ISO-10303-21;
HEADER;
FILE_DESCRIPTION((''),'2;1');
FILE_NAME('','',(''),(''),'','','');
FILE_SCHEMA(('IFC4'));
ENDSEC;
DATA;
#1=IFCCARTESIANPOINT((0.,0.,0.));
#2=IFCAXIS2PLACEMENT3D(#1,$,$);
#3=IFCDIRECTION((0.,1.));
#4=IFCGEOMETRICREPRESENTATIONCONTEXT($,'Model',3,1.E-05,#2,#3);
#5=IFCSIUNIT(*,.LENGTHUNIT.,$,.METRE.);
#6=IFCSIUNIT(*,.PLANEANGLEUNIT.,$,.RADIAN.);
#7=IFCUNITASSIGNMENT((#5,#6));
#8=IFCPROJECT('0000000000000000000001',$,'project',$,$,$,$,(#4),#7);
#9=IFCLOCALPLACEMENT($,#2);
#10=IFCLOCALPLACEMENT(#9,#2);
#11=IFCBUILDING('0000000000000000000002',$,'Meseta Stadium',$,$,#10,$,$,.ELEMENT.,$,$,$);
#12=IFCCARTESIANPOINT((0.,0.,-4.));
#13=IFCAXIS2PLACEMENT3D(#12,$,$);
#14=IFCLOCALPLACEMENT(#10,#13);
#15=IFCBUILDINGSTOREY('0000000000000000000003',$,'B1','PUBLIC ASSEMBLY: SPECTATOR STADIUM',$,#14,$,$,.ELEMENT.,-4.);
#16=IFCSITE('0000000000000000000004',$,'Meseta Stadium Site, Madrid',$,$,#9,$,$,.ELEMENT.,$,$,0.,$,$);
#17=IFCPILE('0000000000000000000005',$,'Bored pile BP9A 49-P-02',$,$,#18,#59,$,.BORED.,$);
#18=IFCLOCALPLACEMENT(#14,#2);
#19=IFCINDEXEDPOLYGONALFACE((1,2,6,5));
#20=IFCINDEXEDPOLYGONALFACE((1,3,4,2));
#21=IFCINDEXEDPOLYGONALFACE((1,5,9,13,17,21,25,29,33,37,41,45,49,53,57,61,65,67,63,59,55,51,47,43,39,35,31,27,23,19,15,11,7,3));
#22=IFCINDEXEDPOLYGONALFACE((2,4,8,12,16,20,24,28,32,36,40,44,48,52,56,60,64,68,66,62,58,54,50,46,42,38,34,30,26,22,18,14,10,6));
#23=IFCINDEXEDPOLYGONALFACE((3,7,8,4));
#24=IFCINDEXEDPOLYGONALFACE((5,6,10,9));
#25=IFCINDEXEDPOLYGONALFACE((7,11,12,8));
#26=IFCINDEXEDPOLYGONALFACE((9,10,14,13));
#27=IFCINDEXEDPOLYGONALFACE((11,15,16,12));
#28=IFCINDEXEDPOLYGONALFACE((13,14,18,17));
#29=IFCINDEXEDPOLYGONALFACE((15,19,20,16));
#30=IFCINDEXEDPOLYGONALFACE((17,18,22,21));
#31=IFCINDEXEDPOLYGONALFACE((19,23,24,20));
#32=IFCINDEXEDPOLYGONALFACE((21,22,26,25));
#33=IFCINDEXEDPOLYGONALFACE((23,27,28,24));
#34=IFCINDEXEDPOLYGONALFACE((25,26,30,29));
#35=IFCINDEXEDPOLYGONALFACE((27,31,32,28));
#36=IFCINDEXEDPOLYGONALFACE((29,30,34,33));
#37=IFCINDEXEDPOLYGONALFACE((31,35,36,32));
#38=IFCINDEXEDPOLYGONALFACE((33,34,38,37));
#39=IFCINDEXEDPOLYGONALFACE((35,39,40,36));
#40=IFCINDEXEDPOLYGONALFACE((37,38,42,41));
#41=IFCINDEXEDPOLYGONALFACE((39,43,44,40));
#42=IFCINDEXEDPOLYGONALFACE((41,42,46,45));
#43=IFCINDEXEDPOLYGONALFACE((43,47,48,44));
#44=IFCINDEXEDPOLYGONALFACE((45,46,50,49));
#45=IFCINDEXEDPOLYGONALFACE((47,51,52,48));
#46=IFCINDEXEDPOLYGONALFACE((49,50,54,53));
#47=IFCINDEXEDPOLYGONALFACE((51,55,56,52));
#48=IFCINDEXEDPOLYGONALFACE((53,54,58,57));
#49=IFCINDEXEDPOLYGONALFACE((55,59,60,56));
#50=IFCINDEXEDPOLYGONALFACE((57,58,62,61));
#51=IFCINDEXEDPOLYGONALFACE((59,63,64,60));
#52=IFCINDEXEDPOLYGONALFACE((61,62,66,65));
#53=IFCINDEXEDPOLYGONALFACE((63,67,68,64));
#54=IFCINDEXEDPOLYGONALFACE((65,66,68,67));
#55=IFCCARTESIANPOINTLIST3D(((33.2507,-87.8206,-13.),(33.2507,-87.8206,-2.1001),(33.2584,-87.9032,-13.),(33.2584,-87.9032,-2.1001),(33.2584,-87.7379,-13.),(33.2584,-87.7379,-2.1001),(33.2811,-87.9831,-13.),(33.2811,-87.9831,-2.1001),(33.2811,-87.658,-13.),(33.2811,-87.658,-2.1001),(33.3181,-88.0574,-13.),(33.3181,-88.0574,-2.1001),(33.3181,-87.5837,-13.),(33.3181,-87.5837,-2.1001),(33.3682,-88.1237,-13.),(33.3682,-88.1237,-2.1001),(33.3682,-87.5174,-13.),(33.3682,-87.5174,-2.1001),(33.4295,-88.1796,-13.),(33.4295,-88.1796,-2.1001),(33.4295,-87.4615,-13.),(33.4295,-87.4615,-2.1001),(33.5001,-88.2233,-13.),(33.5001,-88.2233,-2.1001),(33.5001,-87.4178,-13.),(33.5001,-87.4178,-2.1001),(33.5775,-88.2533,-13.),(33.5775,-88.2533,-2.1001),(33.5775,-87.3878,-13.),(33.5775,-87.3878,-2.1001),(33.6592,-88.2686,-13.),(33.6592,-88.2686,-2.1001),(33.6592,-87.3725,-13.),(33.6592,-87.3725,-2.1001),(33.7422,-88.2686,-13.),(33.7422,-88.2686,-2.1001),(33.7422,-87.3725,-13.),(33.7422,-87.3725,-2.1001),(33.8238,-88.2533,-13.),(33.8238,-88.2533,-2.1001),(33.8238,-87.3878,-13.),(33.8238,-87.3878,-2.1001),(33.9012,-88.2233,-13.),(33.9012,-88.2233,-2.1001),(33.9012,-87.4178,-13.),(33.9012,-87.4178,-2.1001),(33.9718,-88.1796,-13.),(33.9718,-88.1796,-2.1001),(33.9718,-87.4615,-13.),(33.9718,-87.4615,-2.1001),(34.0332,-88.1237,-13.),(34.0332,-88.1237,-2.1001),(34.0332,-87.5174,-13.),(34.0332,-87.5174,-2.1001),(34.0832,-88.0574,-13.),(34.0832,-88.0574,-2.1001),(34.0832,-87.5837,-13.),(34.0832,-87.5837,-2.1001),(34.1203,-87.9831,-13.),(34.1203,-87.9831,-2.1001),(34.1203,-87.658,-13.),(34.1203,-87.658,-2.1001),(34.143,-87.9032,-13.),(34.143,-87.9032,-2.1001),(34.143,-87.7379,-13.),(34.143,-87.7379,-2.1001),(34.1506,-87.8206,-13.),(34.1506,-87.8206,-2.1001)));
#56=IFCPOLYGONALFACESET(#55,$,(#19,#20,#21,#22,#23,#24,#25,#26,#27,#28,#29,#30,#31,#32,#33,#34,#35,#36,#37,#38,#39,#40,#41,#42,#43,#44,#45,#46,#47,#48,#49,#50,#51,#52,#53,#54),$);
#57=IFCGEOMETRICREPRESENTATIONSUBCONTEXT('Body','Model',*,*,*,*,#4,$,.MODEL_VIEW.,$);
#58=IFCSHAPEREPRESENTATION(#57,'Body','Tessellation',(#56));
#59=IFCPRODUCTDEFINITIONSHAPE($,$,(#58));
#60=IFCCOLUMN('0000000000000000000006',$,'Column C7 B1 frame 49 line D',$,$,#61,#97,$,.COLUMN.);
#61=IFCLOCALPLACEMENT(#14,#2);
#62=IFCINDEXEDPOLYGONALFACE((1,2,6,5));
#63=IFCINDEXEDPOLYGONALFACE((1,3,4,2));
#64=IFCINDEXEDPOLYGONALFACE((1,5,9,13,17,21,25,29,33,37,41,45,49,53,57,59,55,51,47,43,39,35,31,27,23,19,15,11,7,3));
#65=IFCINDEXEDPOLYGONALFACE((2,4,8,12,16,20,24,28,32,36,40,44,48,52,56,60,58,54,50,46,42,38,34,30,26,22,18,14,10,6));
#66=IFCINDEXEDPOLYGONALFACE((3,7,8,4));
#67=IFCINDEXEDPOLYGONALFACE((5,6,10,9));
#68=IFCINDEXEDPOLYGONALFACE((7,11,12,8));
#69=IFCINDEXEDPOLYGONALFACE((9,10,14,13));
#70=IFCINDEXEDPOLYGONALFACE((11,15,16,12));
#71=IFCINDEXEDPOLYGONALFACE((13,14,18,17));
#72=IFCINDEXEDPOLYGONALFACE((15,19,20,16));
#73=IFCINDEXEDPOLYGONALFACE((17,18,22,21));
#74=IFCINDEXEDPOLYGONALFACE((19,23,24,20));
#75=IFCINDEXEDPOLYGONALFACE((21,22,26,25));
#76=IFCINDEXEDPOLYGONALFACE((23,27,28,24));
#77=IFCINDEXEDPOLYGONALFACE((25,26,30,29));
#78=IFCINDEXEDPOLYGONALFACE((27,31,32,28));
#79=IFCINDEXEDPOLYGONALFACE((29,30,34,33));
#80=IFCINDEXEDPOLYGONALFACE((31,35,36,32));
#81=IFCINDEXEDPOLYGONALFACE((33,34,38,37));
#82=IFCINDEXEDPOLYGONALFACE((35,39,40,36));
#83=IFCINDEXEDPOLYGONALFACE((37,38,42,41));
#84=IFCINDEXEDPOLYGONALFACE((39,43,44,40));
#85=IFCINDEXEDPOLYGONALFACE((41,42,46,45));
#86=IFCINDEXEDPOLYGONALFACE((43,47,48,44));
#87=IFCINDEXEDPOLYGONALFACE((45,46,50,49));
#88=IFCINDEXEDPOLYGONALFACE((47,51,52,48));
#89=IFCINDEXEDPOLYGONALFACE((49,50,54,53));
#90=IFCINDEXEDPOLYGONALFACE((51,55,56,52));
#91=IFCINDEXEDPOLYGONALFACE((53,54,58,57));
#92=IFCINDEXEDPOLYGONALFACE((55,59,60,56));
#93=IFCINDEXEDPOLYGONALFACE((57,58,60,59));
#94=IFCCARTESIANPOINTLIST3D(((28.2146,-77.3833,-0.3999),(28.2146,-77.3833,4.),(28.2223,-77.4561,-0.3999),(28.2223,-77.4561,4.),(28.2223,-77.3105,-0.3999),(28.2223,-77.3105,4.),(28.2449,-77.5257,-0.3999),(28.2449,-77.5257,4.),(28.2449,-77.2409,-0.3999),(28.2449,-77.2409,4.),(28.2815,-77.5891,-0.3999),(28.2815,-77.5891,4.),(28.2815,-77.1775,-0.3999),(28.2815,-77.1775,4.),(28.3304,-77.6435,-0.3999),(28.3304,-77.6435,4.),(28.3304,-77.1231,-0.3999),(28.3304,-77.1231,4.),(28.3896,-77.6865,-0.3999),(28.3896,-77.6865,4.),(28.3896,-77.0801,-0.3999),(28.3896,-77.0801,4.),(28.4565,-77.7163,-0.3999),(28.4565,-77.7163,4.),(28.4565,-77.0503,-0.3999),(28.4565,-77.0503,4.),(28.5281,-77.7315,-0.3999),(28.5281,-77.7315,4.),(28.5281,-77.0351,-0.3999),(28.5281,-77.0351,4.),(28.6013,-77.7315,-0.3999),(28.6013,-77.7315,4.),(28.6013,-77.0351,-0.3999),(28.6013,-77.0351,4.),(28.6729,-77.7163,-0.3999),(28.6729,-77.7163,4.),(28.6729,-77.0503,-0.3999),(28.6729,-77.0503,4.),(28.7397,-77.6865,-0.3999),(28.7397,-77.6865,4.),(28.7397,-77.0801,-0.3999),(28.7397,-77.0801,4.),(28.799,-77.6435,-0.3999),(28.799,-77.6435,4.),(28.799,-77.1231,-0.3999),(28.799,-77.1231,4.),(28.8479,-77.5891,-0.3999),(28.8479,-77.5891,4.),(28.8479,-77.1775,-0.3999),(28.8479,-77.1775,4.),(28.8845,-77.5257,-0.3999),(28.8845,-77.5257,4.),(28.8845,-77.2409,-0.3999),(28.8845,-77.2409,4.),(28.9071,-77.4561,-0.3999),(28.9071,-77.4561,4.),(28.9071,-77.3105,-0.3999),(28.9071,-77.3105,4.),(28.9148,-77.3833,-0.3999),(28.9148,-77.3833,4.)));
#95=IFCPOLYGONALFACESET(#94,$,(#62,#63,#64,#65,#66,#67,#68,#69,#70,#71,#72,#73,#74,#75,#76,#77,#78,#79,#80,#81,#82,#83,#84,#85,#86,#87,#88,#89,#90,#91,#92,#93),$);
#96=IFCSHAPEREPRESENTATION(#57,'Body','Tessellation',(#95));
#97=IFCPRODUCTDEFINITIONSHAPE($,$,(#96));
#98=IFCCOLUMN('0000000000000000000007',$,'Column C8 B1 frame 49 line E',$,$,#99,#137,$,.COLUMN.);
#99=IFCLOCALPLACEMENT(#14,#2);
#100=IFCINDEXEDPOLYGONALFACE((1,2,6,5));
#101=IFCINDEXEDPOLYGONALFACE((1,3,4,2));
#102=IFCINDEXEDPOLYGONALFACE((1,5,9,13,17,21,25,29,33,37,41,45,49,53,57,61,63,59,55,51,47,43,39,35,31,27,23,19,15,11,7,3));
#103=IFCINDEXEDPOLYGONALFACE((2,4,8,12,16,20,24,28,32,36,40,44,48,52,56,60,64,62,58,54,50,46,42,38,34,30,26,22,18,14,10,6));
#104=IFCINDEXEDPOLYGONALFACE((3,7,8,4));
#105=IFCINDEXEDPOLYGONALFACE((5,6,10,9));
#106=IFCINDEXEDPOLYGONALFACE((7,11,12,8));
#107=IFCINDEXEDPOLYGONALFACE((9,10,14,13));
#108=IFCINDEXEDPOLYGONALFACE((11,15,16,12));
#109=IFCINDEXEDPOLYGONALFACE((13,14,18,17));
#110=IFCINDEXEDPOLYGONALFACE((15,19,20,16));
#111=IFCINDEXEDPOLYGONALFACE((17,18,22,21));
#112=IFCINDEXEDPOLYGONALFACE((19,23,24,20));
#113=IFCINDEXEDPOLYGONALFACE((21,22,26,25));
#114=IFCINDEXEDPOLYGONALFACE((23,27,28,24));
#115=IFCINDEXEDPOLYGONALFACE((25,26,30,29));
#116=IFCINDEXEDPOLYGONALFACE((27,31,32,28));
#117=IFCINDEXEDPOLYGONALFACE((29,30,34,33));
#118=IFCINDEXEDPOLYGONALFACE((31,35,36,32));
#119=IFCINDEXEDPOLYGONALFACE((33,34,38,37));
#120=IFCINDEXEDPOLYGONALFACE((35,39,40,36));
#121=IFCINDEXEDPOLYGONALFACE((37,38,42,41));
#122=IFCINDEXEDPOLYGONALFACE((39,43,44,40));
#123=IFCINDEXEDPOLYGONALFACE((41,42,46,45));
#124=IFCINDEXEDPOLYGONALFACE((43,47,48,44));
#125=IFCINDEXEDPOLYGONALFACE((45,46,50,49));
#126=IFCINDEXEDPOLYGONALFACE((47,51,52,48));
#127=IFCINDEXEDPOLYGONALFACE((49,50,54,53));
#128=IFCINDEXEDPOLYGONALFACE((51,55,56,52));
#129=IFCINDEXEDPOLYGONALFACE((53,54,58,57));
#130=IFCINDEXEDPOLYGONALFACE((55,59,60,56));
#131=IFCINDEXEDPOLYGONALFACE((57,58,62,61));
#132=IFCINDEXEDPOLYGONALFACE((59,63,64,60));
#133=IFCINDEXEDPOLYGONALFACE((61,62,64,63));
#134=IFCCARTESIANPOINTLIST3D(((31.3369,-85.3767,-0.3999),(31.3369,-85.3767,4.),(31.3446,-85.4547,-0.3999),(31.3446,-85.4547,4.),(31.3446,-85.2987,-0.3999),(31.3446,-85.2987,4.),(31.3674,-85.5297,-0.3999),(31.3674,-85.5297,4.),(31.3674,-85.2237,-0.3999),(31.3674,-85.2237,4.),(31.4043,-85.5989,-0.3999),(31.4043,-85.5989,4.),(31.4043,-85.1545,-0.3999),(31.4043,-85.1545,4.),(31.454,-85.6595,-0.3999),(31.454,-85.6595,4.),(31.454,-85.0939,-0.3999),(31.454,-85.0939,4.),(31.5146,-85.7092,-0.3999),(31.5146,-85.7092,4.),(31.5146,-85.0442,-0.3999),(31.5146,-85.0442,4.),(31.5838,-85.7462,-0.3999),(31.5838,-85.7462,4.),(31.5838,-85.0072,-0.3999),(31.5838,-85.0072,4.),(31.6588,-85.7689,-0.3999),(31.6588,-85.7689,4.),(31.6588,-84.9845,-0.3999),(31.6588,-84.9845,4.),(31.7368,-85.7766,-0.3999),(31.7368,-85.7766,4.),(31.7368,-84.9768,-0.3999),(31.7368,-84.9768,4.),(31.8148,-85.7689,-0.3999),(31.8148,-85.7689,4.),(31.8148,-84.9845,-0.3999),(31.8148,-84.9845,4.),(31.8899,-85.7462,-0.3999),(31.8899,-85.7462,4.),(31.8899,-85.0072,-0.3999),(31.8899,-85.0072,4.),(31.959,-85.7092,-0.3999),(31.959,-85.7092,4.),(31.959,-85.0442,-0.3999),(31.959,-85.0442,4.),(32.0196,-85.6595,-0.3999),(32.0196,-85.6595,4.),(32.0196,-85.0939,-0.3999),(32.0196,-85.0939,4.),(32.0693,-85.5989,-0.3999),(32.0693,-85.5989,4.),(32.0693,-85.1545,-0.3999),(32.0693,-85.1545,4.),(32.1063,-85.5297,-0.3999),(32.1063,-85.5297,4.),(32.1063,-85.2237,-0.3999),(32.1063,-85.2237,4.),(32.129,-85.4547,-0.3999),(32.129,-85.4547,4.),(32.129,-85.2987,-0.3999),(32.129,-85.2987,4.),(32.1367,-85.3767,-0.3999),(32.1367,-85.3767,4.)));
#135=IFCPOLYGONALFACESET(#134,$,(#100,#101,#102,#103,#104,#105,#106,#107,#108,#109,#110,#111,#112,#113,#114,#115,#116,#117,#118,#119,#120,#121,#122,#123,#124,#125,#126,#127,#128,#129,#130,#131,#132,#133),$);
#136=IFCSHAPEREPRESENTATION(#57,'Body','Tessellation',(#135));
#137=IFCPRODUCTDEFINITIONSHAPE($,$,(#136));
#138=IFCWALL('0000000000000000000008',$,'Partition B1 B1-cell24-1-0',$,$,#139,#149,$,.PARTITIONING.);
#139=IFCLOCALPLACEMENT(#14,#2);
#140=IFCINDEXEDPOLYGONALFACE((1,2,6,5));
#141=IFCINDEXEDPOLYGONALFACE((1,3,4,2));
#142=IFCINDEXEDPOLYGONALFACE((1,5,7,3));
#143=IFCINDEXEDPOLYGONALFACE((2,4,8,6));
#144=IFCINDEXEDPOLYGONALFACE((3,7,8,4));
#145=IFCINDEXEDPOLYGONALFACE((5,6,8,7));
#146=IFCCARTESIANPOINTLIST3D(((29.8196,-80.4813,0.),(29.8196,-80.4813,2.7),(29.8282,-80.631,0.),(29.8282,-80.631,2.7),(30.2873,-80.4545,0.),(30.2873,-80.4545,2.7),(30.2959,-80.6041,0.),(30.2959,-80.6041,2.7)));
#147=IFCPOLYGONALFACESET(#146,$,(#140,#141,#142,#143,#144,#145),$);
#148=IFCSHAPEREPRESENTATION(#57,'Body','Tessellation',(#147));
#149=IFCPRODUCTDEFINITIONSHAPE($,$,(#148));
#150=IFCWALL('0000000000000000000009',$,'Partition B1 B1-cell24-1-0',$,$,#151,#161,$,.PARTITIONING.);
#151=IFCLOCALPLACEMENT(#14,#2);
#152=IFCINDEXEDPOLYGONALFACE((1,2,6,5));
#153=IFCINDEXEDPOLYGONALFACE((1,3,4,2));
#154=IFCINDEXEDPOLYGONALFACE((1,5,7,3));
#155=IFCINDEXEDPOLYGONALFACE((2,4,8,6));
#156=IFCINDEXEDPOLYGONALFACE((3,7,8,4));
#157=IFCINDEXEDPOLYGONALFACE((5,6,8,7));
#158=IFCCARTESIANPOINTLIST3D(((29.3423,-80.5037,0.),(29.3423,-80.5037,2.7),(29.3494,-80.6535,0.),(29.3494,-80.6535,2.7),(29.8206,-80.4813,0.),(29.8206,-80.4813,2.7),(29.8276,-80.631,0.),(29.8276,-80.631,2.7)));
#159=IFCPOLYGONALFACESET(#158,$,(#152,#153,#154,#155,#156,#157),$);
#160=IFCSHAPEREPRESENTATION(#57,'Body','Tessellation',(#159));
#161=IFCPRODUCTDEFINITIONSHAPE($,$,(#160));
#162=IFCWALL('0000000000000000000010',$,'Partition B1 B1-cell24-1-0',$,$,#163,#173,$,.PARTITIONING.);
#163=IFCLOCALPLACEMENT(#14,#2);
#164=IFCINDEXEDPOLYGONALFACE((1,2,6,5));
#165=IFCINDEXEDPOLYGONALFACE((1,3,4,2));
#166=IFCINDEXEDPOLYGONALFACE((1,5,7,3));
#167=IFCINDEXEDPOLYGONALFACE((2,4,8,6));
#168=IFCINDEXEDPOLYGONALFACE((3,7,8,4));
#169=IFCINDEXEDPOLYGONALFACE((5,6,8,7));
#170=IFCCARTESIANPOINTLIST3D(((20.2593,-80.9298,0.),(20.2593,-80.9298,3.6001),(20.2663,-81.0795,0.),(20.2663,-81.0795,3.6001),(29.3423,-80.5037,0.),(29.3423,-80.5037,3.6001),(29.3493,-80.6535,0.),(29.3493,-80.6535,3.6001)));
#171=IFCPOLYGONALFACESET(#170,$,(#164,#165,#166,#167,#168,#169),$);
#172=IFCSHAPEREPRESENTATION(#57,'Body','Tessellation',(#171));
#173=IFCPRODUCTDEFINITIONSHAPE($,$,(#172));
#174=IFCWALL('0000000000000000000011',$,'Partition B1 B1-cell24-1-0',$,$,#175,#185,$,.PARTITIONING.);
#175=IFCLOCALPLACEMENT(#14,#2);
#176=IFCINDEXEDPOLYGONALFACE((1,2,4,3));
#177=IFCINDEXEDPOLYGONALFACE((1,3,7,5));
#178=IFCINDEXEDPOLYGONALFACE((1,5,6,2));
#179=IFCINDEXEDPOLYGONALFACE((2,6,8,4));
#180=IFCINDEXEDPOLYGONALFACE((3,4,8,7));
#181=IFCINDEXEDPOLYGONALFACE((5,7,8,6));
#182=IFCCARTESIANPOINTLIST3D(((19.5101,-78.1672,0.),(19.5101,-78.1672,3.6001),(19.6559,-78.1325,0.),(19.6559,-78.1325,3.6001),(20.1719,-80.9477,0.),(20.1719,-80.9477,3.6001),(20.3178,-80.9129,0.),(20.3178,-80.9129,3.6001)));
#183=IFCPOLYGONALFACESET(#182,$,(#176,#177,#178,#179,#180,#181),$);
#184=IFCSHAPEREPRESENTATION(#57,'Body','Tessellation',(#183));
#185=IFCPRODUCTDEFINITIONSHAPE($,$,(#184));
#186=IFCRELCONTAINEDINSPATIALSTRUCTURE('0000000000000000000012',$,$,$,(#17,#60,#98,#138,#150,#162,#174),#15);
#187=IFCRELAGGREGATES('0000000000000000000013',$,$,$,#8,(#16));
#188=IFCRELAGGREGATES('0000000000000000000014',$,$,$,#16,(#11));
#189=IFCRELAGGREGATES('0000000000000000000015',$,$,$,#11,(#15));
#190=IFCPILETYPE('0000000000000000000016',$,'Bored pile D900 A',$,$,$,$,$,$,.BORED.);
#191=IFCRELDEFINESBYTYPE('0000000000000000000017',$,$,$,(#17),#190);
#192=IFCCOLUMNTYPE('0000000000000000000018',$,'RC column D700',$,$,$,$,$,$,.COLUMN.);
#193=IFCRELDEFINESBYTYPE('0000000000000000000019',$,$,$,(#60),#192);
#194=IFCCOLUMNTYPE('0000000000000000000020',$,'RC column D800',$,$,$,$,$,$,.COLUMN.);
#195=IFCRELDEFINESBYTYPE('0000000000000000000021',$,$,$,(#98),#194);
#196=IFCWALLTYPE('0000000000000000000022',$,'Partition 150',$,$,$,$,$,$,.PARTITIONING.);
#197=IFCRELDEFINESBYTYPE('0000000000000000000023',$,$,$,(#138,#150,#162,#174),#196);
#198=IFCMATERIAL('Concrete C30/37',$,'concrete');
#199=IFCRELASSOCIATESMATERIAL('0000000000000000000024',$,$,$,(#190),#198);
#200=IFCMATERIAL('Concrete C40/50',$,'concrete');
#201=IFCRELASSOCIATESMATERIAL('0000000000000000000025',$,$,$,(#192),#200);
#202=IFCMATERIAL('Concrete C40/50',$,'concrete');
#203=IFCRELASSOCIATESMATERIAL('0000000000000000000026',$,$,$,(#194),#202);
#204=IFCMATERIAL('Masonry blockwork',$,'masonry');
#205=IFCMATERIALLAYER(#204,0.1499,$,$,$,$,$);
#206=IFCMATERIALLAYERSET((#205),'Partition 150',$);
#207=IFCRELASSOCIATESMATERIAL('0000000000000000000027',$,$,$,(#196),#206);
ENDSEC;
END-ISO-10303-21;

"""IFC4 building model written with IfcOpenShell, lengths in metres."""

from ifc_helpers import new_model, si_unit, direction, frame, frame_2d, origin, origin_2d, place, context, subcontext, project, spatial, rectangle, circle, extrude, material, layer, layer_set, material_profile, profile_set, type_object, element, save


model = new_model("IFC4")

# Units and contexts
model_context = context("Model", 3, precision=1e-05, world=origin(), true_north=direction((0.0, 1.0)))
body_context = subcontext(model_context, "Body", "Model", "MODEL_VIEW")
ifc_project = project(units=[si_unit("LENGTHUNIT", "METRE"), si_unit("PLANEANGLEUNIT", "RADIAN")], contexts=[model_context])

# Site, building, storey
site_placement = place(None, origin())
site = spatial("IfcSite", under=ifc_project, at=site_placement, Name="Meseta Stadium Site, Madrid", CompositionType="ELEMENT", RefElevation=0.0)
building_placement = place(site_placement, origin())
building = spatial("IfcBuilding", under=site, at=building_placement, Name="Meseta Stadium", CompositionType="ELEMENT")
storey_placement = place(building_placement, frame((0.0, 0.0, -4.0)))
storey = spatial("IfcBuildingStorey", under=building, at=storey_placement, Name="B1", Description="PUBLIC ASSEMBLY: SPECTATOR STADIUM", CompositionType="ELEMENT", Elevation=-4.0)

# Pile
ifc_material_1 = material(Name="Concrete C30/37", Category="concrete")
ifc_material_profile_1 = material_profile(ifc_material_1, circle(Radius=0.45, at=origin_2d()), Name="D900")
ifc_profile_set_1 = profile_set([ifc_material_profile_1], Name="Concrete C30/37")
pile_type = type_object("IfcPileType", Name="Bored pile D900 A", PredefinedType="BORED", material=ifc_profile_set_1)
pile_placement = place(storey_placement, frame((33.7007, -87.8206, -2.1001), z_axis=(0.0, 0.0, -1.0), x_axis=(1.0, 0.0, 0.0)))
element("IfcPile", 1, at=pile_placement, inside=storey, type_object=pile_type, Name="Bored pile BP9A 49-P-02", PredefinedType="BORED", context=body_context, shape_type="SweptSolid", body=[
    extrude(circle(Radius=0.45, at=origin_2d()), origin(), (0.0, 0.0, 1.0), 10.8999),
])

# Columns
ifc_material_2 = material(Name="Concrete C40/50", Category="concrete")
ifc_material_profile_2 = material_profile(ifc_material_2, circle(Radius=0.3501, at=origin_2d()), Name="RC D700")
ifc_profile_set_2 = profile_set([ifc_material_profile_2], Name="Concrete C40/50")
column_type_1 = type_object("IfcColumnType", Name="RC column D700", PredefinedType="COLUMN", material=ifc_profile_set_2)
column_1_placement = place(storey_placement, frame((28.5647, -77.3833, -0.3999), z_axis=(0.0, 0.0, 1.0), x_axis=(1.0, 0.0, 0.0)))
element("IfcColumn", 2, at=column_1_placement, inside=storey, type_object=column_type_1, Name="Column C7 B1 frame 49 line D", PredefinedType="COLUMN", context=body_context, shape_type="SweptSolid", body=[
    extrude(circle(Radius=0.3501, at=origin_2d()), origin(), (0.0, 0.0, 1.0), 4.3999),
])
ifc_material_3 = material(Name="Concrete C40/50", Category="concrete")
ifc_material_profile_3 = material_profile(ifc_material_3, circle(Radius=0.3999, at=origin_2d()), Name="RC D800")
ifc_profile_set_3 = profile_set([ifc_material_profile_3], Name="Concrete C40/50")
column_type_2 = type_object("IfcColumnType", Name="RC column D800", PredefinedType="COLUMN", material=ifc_profile_set_3)
column_2_placement = place(storey_placement, frame((31.7368, -85.3767, -0.3999), z_axis=(0.0, 0.0, 1.0), x_axis=(1.0, 0.0, 0.0)))
element("IfcColumn", 3, at=column_2_placement, inside=storey, type_object=column_type_2, Name="Column C8 B1 frame 49 line E", PredefinedType="COLUMN", context=body_context, shape_type="SweptSolid", body=[
    extrude(circle(Radius=0.3999, at=origin_2d()), origin(), (0.0, 0.0, 1.0), 4.3999),
])

# Walls
ifc_material_4 = material(Name="Masonry blockwork", Category="masonry")
ifc_layer = layer(ifc_material_4, 0.1499)
ifc_layer_set = layer_set([ifc_layer], Name="Partition 150")
wall_type = type_object("IfcWallType", Name="Partition 150", PredefinedType="PARTITIONING", material=ifc_layer_set)
wall_1_placement = place(storey_placement, frame((30.2917, -80.5293, 0.0), z_axis=(0.0, 0.0, 1.0), x_axis=(-0.998356, -0.057317, 0.0)))
element("IfcWall", 4, at=wall_1_placement, inside=storey, type_object=wall_type, Name="Partition B1 B1-cell24-1-0", PredefinedType="PARTITIONING", context=body_context, shape_type="SweptSolid", body=[
    extrude(rectangle(XDim=0.4685, YDim=0.1499, at=frame_2d((0.2344, 0.0))), origin(), (0.0, 0.0, 1.0), 2.7),
])
wall_2_placement = place(storey_placement, frame((29.824, -80.5562, 0.0), z_axis=(0.0, 0.0, 1.0), x_axis=(-0.998899, -0.046911, 0.0)))
element("IfcWall", 5, at=wall_2_placement, inside=storey, type_object=wall_type, Name="Partition B1 B1-cell24-1-0", PredefinedType="PARTITIONING", context=body_context, shape_type="SweptSolid", body=[
    extrude(rectangle(XDim=0.4788, YDim=0.1499, at=frame_2d((0.2393, 0.0))), origin(), (0.0, 0.0, 1.0), 2.7),
])
wall_3_placement = place(storey_placement, frame((29.3457, -80.5786, 0.0), z_axis=(0.0, 0.0, 1.0), x_axis=(-0.998902, -0.046852, 0.0)))
element("IfcWall", 6, at=wall_3_placement, inside=storey, type_object=wall_type, Name="Partition B1 B1-cell24-1-0", PredefinedType="PARTITIONING", context=body_context, shape_type="SweptSolid", body=[
    extrude(rectangle(XDim=9.093, YDim=0.1499, at=frame_2d((4.5464, 0.0))), origin(), (0.0, 0.0, 1.0), 3.6001),
])
wall_4_placement = place(storey_placement, frame((20.2449, -80.9304, 0.0), z_axis=(0.0, 0.0, 1.0), x_axis=(-0.231567, 0.972819, 0.0)))
element("IfcWall", 7, at=wall_4_placement, inside=storey, type_object=wall_type, Name="Partition B1 B1-cell24-1-0", PredefinedType="PARTITIONING", context=body_context, shape_type="SweptSolid", body=[
    extrude(rectangle(XDim=2.8582, YDim=0.1499, at=frame_2d((1.4292, 0.0))), origin(), (0.0, 0.0, 1.0), 3.6001),
])

save(model, "model.ifc")
